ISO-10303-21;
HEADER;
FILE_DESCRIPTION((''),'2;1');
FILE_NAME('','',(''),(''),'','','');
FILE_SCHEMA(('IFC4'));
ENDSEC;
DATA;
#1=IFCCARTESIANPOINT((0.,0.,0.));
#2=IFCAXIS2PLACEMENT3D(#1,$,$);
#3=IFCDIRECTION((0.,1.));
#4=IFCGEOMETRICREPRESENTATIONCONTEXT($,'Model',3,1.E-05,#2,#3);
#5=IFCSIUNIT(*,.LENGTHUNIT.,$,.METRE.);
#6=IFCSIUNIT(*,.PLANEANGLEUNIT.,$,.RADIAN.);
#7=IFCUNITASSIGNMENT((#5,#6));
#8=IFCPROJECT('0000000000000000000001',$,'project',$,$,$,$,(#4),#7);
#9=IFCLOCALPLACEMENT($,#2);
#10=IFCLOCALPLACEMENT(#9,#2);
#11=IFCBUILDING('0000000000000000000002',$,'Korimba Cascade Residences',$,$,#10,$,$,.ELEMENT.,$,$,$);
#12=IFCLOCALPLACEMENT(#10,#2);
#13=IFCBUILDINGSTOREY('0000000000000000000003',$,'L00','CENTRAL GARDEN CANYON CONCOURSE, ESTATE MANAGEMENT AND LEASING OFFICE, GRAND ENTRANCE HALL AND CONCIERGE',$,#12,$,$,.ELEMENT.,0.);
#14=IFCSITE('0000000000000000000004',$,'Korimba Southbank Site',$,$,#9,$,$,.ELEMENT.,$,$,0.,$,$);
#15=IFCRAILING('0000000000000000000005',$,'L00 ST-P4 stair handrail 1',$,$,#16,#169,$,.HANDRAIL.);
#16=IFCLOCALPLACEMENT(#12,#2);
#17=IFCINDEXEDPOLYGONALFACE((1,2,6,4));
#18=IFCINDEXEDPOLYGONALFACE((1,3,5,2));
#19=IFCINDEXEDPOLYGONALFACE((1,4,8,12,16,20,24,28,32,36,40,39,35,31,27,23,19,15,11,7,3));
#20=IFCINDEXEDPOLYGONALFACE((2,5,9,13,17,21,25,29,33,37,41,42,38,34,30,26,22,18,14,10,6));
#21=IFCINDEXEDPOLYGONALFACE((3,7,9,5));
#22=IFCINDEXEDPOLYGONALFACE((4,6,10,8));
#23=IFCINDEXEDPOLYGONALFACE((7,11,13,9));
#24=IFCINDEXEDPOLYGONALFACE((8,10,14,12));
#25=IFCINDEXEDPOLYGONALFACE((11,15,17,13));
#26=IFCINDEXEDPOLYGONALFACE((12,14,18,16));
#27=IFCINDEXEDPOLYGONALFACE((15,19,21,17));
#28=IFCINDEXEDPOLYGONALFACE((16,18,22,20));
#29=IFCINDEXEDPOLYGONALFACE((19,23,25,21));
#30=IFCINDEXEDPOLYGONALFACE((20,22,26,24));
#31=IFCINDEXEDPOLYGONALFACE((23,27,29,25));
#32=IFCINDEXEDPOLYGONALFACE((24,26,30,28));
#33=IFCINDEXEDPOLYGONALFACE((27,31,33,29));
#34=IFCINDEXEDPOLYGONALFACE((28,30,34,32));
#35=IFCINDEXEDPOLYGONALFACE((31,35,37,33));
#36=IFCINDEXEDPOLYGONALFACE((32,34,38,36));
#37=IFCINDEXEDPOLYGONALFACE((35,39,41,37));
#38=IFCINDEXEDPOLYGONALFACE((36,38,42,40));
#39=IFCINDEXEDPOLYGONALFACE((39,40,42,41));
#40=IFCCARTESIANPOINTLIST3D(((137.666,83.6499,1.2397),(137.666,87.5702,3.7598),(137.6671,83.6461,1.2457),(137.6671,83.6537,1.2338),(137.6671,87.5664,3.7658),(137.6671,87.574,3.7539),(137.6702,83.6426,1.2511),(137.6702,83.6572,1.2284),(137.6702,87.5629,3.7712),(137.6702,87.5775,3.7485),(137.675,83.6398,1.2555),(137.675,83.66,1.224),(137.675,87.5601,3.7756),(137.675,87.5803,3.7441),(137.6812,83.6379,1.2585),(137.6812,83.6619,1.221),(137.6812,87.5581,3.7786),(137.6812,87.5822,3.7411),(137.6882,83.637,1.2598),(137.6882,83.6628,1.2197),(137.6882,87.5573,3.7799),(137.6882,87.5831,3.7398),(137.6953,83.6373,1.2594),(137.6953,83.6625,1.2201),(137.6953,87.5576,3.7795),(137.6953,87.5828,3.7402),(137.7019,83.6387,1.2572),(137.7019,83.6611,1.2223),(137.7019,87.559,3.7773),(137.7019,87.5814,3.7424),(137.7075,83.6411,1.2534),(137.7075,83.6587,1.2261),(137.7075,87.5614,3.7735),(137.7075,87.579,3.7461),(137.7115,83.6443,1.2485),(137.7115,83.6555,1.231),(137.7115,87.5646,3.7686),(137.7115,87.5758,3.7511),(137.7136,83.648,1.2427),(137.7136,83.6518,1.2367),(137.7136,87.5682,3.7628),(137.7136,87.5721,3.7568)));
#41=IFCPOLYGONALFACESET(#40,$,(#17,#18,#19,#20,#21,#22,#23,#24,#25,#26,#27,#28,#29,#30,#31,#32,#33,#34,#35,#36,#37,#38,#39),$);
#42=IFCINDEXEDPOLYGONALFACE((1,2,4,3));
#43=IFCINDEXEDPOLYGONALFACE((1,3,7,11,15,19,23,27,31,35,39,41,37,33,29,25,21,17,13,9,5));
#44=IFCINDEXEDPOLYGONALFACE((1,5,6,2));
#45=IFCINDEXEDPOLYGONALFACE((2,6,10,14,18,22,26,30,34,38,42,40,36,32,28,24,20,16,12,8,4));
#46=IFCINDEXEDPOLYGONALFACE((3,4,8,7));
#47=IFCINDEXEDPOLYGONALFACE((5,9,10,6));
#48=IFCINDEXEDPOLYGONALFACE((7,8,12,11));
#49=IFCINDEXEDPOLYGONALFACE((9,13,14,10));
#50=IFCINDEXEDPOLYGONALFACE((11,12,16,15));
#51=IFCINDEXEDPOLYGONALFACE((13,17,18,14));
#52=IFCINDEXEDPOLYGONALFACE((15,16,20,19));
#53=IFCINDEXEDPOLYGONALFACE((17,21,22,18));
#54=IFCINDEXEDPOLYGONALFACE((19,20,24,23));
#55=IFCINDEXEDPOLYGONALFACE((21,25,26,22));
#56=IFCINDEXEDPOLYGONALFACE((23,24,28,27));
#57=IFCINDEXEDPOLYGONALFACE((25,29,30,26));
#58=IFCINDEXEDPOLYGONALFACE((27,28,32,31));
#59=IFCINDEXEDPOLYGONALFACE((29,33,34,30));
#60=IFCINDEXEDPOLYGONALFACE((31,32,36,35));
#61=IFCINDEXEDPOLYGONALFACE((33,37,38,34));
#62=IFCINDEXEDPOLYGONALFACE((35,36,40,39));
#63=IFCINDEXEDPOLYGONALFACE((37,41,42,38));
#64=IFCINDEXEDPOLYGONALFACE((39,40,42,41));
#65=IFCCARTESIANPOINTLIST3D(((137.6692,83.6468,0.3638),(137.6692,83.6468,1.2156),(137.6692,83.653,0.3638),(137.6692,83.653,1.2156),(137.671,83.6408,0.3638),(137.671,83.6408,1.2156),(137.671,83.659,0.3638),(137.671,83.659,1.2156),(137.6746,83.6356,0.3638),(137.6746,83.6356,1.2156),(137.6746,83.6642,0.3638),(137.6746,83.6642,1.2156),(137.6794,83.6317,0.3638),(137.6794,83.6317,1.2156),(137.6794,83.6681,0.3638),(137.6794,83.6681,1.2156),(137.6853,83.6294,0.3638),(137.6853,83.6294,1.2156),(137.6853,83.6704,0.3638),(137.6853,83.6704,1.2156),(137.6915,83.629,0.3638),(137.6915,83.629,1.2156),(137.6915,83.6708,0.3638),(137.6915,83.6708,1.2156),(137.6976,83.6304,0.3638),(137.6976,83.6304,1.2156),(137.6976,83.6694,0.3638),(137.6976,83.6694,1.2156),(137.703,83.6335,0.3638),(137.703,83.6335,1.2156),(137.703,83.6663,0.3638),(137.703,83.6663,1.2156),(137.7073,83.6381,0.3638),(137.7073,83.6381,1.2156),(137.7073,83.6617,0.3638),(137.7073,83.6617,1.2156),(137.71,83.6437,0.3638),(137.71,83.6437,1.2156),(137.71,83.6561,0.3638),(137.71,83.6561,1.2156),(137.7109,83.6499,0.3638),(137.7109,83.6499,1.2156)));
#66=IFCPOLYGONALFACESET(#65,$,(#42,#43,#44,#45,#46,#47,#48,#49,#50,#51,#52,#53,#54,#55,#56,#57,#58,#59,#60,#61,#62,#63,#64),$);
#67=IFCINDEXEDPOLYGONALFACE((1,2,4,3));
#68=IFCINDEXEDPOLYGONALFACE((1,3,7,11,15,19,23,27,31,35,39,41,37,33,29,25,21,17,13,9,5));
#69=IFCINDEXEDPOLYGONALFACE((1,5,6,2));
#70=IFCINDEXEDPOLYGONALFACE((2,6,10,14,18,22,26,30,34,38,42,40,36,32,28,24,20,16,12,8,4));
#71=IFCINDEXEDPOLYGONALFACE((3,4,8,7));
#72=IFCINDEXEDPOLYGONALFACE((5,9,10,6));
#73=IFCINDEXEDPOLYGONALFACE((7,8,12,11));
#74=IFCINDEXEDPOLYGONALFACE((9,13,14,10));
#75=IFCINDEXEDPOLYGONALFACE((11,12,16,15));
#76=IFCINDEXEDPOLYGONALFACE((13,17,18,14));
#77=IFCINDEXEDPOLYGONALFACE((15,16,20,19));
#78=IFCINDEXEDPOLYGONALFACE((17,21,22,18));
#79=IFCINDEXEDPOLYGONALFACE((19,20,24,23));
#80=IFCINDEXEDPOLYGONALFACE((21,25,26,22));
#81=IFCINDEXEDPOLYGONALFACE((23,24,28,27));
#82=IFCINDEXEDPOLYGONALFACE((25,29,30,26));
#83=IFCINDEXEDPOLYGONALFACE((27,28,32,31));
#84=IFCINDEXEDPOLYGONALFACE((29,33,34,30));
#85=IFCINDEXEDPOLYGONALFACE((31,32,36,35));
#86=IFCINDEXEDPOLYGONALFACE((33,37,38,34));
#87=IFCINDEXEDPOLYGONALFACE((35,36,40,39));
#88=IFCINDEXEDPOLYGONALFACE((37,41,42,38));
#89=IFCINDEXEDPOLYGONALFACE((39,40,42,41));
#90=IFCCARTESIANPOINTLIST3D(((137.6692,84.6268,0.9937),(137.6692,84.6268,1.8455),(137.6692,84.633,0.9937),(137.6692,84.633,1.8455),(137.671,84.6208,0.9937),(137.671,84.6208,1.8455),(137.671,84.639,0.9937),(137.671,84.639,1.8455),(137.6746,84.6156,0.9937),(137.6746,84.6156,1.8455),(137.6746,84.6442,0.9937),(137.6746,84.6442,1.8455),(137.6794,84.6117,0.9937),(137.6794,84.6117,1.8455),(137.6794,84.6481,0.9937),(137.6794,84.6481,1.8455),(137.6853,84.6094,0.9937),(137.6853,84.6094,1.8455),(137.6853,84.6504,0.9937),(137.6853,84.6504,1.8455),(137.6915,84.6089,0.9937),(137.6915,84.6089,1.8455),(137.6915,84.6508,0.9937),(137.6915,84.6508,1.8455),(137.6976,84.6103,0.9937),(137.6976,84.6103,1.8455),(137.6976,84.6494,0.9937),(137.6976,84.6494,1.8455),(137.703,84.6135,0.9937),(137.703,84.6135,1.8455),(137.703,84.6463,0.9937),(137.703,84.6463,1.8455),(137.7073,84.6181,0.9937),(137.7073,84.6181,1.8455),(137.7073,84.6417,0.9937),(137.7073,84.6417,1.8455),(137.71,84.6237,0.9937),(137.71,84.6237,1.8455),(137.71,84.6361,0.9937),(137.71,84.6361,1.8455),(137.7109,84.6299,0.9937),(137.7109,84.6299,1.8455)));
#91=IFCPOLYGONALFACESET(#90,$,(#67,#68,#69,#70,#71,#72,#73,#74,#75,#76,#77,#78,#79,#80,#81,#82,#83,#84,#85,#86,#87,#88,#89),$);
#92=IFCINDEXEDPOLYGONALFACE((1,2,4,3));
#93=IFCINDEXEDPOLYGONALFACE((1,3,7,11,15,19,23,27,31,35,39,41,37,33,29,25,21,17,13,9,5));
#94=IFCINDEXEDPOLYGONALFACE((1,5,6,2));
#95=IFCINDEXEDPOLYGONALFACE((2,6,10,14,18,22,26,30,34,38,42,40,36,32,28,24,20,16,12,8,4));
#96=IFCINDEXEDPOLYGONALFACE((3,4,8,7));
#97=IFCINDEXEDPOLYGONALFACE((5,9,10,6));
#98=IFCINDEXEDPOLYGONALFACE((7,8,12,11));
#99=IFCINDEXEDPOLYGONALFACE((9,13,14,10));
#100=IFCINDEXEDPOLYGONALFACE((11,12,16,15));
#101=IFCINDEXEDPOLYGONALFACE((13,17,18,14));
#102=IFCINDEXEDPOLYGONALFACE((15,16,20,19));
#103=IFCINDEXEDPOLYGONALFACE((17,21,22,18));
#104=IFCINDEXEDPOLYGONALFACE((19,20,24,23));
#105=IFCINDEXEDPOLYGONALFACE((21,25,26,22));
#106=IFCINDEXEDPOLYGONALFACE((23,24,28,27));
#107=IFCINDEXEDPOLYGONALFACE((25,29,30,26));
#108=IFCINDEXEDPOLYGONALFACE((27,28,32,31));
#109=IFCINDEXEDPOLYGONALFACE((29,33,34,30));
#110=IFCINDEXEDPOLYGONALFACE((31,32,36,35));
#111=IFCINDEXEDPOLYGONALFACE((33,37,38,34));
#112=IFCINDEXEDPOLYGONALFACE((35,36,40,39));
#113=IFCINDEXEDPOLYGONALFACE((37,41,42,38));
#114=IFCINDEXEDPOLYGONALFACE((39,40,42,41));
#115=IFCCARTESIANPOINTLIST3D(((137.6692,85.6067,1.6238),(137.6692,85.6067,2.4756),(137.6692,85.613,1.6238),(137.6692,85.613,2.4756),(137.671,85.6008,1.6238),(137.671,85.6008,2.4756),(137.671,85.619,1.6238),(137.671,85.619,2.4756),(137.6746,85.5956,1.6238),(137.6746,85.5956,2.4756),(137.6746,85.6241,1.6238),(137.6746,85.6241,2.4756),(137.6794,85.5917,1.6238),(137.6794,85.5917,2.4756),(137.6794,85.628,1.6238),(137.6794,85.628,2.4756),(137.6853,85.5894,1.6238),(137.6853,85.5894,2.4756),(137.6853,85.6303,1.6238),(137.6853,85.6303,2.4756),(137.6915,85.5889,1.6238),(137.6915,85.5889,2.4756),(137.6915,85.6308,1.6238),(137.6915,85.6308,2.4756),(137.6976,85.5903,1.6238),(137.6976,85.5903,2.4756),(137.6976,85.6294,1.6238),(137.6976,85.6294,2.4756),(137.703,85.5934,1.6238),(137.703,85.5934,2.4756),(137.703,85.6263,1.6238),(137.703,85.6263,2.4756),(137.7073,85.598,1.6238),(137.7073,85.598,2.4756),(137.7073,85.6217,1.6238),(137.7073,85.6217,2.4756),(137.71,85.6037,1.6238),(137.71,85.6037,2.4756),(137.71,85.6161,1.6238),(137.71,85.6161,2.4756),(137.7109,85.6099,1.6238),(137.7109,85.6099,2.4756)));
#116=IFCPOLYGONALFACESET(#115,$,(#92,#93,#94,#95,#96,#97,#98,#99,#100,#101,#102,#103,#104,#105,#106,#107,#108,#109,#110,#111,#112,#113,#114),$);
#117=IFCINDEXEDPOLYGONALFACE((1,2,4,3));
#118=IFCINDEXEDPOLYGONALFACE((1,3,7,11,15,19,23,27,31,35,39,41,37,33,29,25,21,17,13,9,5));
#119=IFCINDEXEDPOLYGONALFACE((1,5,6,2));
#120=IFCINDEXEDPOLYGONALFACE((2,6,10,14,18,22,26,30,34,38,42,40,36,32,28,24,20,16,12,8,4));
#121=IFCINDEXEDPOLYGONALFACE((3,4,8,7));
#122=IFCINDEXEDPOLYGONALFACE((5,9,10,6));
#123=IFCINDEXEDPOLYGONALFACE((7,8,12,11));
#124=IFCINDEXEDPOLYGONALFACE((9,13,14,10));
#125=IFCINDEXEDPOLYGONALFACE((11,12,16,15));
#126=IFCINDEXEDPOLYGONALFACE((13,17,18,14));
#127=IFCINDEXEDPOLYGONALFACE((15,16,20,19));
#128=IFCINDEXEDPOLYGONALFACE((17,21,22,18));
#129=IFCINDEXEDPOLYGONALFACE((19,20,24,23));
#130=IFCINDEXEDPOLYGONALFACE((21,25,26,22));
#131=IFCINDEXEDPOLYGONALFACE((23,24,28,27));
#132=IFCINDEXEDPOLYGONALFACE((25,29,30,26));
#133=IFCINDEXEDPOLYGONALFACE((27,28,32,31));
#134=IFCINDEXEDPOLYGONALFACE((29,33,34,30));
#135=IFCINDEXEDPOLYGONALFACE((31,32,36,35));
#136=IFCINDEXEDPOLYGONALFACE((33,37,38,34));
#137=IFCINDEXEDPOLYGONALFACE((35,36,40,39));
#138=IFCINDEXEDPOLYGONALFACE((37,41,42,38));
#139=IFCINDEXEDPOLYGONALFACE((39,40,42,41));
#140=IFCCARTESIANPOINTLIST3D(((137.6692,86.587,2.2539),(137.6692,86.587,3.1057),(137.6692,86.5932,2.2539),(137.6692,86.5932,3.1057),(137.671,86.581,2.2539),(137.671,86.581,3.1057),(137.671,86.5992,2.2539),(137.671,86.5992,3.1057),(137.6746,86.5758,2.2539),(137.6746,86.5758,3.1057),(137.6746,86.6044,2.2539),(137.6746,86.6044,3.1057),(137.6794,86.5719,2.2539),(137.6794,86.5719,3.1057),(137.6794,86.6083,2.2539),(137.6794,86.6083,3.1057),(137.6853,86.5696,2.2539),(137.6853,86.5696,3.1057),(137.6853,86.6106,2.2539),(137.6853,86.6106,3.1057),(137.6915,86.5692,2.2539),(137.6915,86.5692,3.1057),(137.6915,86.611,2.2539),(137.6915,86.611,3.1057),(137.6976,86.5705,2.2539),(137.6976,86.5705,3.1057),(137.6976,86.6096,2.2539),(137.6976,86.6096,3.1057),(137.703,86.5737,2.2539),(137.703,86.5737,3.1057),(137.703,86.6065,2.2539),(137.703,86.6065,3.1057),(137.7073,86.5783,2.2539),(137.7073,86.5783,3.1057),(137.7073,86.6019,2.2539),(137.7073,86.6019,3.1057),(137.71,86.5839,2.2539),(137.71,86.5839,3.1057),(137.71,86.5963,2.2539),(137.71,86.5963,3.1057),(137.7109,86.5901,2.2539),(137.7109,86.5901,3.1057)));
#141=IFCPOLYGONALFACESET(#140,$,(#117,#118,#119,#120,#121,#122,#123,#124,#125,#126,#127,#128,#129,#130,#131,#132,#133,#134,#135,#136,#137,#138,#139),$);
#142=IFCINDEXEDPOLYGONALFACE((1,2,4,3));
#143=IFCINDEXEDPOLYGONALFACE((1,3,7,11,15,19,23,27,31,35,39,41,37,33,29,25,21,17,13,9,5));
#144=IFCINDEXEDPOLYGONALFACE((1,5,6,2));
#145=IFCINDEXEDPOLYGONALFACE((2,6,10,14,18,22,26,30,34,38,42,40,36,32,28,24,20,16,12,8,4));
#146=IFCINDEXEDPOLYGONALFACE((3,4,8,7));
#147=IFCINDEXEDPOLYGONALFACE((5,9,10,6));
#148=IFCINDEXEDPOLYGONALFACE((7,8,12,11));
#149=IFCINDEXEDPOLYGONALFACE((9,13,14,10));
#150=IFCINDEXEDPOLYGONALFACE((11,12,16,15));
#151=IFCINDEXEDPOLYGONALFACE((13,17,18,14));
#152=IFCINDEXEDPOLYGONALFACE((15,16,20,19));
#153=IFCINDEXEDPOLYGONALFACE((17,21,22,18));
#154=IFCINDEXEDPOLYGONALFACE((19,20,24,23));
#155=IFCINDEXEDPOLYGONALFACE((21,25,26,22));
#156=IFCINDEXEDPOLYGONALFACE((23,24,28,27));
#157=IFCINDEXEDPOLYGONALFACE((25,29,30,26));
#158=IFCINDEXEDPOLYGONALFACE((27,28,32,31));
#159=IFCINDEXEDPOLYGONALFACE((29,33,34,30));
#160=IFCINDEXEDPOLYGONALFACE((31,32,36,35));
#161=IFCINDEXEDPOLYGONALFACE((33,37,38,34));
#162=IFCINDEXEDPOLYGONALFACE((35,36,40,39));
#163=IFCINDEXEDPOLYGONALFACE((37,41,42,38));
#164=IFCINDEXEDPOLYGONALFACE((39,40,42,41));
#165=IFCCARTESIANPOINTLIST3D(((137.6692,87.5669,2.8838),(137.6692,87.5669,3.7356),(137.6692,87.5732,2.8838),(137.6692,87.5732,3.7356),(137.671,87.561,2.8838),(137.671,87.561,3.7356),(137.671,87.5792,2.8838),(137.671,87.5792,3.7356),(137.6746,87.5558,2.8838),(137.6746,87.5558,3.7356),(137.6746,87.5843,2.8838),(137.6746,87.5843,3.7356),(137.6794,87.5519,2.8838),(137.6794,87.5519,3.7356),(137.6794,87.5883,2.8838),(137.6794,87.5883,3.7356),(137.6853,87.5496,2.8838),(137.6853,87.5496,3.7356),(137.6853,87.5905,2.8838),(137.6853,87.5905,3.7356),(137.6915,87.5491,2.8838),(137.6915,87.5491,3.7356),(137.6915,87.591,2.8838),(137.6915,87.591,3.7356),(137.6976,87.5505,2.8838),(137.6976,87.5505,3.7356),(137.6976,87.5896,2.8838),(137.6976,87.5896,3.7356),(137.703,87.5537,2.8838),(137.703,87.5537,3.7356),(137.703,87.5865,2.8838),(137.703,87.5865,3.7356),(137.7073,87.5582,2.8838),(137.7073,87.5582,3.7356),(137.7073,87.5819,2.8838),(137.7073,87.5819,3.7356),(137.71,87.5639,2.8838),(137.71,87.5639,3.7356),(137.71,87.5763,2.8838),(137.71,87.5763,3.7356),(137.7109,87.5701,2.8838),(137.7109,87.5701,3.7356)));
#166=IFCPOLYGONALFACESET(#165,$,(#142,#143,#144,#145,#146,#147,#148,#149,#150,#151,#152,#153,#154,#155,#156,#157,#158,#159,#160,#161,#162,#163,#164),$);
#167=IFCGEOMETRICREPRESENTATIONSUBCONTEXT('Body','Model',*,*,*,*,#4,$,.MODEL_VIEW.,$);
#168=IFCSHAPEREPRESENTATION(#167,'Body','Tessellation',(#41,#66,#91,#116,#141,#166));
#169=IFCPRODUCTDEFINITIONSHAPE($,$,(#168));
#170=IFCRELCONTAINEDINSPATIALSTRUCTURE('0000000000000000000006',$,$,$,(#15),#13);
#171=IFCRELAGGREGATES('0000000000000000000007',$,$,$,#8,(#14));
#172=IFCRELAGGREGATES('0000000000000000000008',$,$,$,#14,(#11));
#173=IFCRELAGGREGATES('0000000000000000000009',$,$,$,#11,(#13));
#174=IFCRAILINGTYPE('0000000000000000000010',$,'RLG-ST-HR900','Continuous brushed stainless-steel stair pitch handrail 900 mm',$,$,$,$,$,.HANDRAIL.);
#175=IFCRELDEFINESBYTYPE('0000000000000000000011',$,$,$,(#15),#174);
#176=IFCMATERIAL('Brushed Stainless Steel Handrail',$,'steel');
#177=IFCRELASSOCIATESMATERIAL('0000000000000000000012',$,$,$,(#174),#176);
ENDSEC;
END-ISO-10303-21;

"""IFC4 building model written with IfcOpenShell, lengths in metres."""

from ifc_helpers import new_model, si_unit, direction, frame, origin, origin_2d, place, context, subcontext, project, spatial, circle, extrude, material, type_object, element, save


model = new_model("IFC4")

# Units and contexts
model_context = context("Model", 3, precision=1e-05, world=origin(), true_north=direction((0.0, 1.0)))
body_context = subcontext(model_context, "Body", "Model", "MODEL_VIEW")
ifc_project = project(units=[si_unit("LENGTHUNIT", "METRE"), si_unit("PLANEANGLEUNIT", "RADIAN")], contexts=[model_context])

# Site, building, storey
site_placement = place(None, origin())
site = spatial("IfcSite", under=ifc_project, at=site_placement, Name="Korimba Southbank Site", CompositionType="ELEMENT", RefElevation=0.0)
building_placement = place(site_placement, origin())
building = spatial("IfcBuilding", under=site, at=building_placement, Name="Korimba Cascade Residences", CompositionType="ELEMENT")
storey_placement = place(building_placement, origin())
storey = spatial("IfcBuildingStorey", under=building, at=storey_placement, Name="L00", Description="CENTRAL GARDEN CANYON CONCOURSE, ESTATE MANAGEMENT AND LEASING OFFICE, GRAND ENTRANCE HALL AND CONCIERGE", CompositionType="ELEMENT", Elevation=0.0)

# Railing
ifc_material_1 = material(Name="Brushed Stainless Steel Handrail", Category="steel")
railing_type_1 = type_object("IfcRailingType", Name="RLG-ST-HR900", Description="Continuous brushed stainless-steel stair pitch handrail 900 mm", PredefinedType="HANDRAIL", material=ifc_material_1)
railing_1_placement = place(storey_placement, frame((137.6899, 83.6499, 0.3638)))
element("IfcRailing", 1, at=railing_1_placement, inside=storey, type_object=railing_type_1, Name="L00 ST-P4 stair handrail 1", PredefinedType="HANDRAIL", context=body_context, shape_type="SweptSolid", body=[
    extrude(circle(Radius=0.0239, at=origin_2d()), frame((0.0, 0.0, 0.876), z_axis=(0.0, 0.841187, 0.540744), x_axis=(-1.0, 0.0, 0.0)), (0.0, 0.0, 1.0), 4.6604),
    extrude(circle(Radius=0.021, at=origin_2d()), origin(), (0.0, 0.0, 1.0), 0.8518),
    extrude(circle(Radius=0.021, at=origin_2d()), frame((0.0, 0.98, 0.6299)), (0.0, 0.0, 1.0), 0.8518),
    extrude(circle(Radius=0.021, at=origin_2d()), frame((0.0, 1.96, 1.26)), (0.0, 0.0, 1.0), 0.8518),
    extrude(circle(Radius=0.021, at=origin_2d()), frame((0.0, 2.9402, 1.8901)), (0.0, 0.0, 1.0), 0.8518),
    extrude(circle(Radius=0.021, at=origin_2d()), frame((0.0, 3.9202, 2.52)), (0.0, 0.0, 1.0), 0.8518),
])

save(model, "model.ifc")
